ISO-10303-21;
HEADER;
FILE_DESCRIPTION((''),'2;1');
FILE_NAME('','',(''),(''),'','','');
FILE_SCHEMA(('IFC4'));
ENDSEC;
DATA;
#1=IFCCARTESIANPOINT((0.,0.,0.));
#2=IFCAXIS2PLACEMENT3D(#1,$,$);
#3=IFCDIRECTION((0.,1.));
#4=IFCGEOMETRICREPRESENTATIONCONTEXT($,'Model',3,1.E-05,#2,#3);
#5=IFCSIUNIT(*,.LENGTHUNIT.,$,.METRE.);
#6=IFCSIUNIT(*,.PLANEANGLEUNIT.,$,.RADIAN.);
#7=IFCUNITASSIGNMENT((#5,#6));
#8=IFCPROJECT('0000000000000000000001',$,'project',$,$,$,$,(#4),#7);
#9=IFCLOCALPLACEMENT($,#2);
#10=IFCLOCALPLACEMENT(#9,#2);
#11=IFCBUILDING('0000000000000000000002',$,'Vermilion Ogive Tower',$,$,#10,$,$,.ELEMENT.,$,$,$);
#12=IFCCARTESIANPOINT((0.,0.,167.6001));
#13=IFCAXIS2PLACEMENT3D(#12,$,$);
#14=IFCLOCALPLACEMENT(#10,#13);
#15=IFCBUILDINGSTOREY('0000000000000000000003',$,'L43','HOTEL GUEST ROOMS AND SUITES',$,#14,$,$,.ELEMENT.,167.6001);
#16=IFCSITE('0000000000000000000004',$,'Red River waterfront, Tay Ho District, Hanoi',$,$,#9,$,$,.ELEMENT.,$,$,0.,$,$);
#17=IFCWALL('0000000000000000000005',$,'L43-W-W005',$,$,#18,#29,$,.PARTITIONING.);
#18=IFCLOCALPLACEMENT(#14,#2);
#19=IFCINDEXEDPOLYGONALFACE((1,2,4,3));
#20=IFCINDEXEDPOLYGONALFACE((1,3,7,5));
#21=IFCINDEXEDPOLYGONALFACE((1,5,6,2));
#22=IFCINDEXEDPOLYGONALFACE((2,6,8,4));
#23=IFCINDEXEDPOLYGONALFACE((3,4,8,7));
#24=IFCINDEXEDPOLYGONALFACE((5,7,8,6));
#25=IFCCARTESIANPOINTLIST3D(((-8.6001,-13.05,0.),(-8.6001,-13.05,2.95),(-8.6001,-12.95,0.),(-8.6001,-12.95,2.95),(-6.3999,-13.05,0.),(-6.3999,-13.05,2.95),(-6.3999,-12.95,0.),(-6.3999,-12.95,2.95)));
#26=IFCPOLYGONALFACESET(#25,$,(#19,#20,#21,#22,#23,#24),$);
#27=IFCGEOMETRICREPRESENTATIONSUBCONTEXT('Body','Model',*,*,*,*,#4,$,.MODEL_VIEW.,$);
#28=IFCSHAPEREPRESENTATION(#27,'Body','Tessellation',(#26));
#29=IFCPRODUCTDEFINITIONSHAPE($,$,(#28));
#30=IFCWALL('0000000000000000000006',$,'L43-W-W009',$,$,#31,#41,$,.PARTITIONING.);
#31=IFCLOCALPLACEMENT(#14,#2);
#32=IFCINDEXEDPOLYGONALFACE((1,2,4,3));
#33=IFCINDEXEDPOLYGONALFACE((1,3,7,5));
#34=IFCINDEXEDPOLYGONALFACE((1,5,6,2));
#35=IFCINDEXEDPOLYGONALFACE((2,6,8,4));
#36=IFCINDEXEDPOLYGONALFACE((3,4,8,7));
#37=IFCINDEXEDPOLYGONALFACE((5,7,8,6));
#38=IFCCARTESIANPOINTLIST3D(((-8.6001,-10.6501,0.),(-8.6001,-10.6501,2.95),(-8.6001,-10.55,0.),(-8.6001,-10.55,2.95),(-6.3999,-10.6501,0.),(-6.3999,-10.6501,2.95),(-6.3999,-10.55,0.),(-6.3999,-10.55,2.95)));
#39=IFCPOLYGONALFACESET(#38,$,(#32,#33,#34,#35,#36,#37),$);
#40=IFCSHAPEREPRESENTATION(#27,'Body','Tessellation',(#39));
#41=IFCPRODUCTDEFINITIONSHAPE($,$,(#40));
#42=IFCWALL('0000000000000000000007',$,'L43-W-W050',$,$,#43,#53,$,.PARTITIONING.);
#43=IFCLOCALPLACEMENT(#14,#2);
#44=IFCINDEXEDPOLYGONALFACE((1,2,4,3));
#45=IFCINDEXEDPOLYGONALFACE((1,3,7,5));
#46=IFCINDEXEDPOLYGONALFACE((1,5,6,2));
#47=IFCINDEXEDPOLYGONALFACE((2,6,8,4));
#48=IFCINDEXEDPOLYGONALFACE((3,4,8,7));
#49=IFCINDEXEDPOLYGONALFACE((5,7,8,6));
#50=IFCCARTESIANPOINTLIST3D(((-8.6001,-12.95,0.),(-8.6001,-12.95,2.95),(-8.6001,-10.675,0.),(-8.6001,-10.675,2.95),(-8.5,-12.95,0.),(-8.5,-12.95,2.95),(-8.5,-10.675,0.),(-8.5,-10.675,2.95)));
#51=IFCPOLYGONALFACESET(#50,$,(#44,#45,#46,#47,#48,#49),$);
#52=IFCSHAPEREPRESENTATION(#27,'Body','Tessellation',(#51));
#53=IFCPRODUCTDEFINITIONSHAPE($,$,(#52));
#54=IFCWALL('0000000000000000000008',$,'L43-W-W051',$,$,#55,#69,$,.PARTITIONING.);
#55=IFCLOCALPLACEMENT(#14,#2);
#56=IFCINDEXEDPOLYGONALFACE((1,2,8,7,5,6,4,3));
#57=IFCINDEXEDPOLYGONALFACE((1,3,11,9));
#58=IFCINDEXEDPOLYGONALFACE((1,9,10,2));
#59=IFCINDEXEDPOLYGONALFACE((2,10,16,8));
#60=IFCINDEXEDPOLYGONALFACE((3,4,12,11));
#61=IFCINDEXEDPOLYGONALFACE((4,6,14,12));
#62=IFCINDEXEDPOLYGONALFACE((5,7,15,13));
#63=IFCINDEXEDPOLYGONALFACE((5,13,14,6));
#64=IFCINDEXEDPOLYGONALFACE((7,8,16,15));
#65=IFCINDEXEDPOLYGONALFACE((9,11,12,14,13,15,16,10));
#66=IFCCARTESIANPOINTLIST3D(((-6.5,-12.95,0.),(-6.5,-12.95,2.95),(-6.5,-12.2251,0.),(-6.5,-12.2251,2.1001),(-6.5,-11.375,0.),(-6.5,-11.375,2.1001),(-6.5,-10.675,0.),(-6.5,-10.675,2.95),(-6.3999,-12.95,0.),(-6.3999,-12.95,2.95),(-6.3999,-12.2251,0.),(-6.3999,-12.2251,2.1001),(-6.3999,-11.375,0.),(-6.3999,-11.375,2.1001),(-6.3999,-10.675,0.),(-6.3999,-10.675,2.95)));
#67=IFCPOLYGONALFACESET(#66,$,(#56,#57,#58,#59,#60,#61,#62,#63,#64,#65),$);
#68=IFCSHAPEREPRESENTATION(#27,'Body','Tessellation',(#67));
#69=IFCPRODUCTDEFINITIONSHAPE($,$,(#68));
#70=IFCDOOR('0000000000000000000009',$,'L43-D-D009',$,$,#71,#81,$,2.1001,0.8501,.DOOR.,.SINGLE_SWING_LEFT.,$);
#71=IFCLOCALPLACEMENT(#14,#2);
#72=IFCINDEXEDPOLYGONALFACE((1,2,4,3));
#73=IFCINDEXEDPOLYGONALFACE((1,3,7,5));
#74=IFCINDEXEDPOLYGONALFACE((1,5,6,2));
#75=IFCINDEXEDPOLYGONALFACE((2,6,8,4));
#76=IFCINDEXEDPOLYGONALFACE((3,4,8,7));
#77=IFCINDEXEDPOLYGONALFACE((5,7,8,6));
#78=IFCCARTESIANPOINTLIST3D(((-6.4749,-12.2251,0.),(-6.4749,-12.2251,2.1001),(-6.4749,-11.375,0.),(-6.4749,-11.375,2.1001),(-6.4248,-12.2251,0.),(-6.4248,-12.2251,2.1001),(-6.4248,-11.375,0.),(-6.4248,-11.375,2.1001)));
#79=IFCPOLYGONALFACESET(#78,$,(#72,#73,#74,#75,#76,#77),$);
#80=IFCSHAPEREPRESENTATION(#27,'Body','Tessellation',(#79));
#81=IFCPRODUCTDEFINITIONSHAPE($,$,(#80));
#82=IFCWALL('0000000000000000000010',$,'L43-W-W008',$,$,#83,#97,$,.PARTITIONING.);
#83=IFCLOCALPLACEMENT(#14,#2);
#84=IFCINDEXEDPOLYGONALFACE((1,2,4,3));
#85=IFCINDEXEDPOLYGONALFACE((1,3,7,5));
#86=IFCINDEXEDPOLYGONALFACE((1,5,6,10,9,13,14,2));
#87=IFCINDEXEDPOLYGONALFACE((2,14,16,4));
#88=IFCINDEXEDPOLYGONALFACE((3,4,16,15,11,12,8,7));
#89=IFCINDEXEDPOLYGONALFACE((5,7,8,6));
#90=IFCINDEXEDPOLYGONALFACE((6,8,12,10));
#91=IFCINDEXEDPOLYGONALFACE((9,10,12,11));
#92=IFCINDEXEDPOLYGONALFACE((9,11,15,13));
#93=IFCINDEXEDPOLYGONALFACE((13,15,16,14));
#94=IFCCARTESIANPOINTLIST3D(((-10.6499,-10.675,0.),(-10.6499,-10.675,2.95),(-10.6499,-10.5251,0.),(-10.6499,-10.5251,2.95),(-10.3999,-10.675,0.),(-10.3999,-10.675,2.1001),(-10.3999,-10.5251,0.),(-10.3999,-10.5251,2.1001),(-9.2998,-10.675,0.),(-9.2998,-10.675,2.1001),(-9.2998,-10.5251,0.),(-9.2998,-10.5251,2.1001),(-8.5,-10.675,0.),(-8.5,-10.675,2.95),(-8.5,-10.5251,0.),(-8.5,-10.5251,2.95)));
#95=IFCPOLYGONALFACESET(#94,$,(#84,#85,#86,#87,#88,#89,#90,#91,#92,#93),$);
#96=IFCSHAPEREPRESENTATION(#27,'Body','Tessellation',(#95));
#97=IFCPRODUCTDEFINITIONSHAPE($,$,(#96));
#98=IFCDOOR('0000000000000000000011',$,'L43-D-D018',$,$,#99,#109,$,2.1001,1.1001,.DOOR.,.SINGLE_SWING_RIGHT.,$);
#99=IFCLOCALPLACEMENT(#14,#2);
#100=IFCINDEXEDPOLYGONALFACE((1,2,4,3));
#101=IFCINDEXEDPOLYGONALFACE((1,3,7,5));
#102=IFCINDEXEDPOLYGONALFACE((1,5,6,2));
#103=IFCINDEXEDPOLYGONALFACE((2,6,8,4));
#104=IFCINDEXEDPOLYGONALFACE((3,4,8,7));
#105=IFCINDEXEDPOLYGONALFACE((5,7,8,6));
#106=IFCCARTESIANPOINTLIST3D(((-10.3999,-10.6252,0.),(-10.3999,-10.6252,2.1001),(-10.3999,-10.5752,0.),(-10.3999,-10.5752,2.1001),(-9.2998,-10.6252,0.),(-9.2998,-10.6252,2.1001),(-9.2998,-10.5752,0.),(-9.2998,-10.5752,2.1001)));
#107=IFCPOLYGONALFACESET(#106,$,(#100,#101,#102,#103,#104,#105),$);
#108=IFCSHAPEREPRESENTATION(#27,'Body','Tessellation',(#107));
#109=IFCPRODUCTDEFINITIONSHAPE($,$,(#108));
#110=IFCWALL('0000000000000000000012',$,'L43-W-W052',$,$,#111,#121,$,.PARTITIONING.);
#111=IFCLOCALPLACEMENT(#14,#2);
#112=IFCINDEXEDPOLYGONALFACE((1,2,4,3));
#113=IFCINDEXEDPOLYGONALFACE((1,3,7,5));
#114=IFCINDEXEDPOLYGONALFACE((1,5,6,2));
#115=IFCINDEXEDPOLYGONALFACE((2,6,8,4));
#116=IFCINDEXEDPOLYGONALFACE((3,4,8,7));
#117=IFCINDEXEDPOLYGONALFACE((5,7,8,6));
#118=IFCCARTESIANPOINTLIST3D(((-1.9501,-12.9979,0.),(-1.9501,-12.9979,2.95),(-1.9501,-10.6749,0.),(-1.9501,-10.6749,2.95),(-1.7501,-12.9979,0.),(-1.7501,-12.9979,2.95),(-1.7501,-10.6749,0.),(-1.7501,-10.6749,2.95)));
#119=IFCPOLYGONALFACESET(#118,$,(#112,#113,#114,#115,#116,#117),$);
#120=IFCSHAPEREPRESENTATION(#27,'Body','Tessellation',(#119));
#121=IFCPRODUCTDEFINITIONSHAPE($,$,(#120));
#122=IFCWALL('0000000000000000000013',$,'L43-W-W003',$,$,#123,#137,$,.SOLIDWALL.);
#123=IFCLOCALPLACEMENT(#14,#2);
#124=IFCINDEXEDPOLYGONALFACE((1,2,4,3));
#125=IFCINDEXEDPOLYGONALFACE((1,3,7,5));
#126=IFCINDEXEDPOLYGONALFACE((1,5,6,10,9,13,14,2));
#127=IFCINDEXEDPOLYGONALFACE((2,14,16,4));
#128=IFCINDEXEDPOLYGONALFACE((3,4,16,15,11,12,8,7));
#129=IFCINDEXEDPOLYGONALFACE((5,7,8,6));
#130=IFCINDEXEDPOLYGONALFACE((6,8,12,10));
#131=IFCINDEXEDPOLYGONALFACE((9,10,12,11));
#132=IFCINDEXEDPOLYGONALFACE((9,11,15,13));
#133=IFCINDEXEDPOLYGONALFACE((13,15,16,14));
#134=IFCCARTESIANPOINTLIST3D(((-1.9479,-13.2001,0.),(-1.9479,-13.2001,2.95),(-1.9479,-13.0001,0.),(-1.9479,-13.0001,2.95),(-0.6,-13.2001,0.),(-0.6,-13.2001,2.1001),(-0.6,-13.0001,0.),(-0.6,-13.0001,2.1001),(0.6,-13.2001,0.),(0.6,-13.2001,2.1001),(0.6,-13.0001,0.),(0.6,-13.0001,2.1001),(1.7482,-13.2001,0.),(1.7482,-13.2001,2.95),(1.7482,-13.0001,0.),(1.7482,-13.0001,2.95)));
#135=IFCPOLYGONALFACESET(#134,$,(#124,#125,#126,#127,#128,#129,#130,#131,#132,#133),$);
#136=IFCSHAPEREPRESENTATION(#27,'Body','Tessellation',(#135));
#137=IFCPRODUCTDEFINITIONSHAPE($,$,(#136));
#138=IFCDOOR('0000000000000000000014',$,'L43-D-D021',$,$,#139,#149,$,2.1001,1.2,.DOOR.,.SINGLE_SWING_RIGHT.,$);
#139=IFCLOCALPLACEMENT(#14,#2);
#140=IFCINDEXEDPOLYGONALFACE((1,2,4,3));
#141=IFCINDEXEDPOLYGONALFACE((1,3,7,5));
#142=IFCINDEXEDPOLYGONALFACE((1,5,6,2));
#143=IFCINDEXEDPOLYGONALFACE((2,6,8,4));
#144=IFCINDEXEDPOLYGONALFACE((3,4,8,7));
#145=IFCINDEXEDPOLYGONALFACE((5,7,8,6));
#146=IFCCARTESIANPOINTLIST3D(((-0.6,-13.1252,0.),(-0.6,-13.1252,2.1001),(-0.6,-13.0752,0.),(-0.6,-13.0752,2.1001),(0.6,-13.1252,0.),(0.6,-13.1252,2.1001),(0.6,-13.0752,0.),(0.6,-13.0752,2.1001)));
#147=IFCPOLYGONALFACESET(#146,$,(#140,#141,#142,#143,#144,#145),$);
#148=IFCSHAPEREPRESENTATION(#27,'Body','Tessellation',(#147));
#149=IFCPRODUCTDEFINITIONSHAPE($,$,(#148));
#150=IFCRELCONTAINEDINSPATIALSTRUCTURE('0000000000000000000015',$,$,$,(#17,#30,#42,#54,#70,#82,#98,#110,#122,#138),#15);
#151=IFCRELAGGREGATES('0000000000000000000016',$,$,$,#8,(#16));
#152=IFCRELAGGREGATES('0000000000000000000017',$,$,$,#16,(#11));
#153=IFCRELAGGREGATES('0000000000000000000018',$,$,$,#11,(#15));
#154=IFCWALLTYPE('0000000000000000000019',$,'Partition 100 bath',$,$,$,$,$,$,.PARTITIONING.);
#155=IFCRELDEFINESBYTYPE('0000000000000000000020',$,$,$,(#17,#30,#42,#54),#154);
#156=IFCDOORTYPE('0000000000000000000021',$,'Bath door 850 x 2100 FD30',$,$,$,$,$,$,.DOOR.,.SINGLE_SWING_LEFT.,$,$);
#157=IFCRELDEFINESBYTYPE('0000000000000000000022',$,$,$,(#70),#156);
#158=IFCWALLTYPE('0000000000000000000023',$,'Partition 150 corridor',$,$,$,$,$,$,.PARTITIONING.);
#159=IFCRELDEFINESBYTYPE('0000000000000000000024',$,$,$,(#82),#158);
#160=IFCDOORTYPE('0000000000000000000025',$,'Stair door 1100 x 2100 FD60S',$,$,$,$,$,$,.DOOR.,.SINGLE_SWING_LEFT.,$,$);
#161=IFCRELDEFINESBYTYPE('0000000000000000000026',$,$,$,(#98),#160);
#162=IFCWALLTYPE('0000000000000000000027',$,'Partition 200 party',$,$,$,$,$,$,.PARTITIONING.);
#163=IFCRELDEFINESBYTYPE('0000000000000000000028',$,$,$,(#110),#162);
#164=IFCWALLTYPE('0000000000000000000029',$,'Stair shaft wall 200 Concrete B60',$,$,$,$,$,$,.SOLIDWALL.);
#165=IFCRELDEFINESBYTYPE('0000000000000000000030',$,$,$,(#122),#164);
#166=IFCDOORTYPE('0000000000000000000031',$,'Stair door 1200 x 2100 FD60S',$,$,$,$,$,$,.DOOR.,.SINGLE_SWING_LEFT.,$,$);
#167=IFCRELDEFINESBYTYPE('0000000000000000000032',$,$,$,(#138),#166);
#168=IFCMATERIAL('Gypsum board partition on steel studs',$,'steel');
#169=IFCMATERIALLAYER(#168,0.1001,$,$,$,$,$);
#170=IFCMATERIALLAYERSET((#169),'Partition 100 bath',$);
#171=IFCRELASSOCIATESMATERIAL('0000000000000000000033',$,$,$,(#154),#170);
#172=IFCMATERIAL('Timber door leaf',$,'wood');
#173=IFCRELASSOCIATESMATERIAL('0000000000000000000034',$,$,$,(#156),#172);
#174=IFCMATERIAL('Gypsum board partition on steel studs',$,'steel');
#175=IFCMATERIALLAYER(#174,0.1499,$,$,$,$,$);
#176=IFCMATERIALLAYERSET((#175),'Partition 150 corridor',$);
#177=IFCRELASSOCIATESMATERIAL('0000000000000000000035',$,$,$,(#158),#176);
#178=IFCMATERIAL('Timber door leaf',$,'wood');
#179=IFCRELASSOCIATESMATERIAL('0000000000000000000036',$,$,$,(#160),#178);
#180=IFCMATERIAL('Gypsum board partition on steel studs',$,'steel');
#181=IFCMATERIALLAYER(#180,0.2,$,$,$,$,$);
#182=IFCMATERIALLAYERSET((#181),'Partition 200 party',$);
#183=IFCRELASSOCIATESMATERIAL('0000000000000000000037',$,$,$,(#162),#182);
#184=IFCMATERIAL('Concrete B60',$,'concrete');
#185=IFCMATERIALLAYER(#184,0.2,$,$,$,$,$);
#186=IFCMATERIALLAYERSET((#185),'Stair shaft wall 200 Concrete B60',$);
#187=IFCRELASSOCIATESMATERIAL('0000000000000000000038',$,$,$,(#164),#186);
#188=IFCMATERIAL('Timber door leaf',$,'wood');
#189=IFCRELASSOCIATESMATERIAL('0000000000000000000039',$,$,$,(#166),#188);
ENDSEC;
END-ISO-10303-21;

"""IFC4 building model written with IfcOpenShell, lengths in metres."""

from ifc_helpers import new_model, si_unit, direction, frame, frame_2d, origin, place, context, subcontext, project, spatial, rectangle, extrude, material, layer, layer_set, type_object, element, fill, save


model = new_model("IFC4")

# Units and contexts
model_context = context("Model", 3, precision=1e-05, world=origin(), true_north=direction((0.0, 1.0)))
body_context = subcontext(model_context, "Body", "Model", "MODEL_VIEW")
ifc_project = project(units=[si_unit("LENGTHUNIT", "METRE"), si_unit("PLANEANGLEUNIT", "RADIAN")], contexts=[model_context])

# Site, building, storey
site_placement = place(None, origin())
site = spatial("IfcSite", under=ifc_project, at=site_placement, Name="Red River waterfront, Tay Ho District, Hanoi", CompositionType="ELEMENT", RefElevation=0.0)
building_placement = place(site_placement, origin())
building = spatial("IfcBuilding", under=site, at=building_placement, Name="Vermilion Ogive Tower", CompositionType="ELEMENT")
storey_placement = place(building_placement, frame((0.0, 0.0, 167.6001)))
storey = spatial("IfcBuildingStorey", under=building, at=storey_placement, Name="L43", Description="HOTEL GUEST ROOMS AND SUITES", CompositionType="ELEMENT", Elevation=167.6001)

# Walls
ifc_material_1 = material(Name="Gypsum board partition on steel studs", Category="steel")
ifc_layer_1 = layer(ifc_material_1, 0.1001)
ifc_layer_set_1 = layer_set([ifc_layer_1], Name="Partition 100 bath")
wall_type_1 = type_object("IfcWallType", Name="Partition 100 bath", PredefinedType="PARTITIONING", material=ifc_layer_set_1)
for number, where, z_axis, x_axis, name in (
    (1, (-8.6001, -13.0, 0.0), (0.0, 0.0, 1.0), (1.0, 0.0, 0.0), "L43-W-W005"),
    (2, (-8.6001, -10.6001, 0.0), (0.0, 0.0, 1.0), (1.0, 0.0, 0.0), "L43-W-W009"),
):
    element("IfcWall", number, at=place(storey_placement, frame(where, z_axis=z_axis, x_axis=x_axis)), inside=storey, type_object=wall_type_1, Name=name, PredefinedType="PARTITIONING", context=body_context, shape_type="SweptSolid", body=[
        extrude(rectangle(XDim=2.2002, YDim=0.1001, at=frame_2d((1.1001, 0.0))), origin(), (0.0, 0.0, 1.0), 2.95),
    ])
wall_1_placement = place(storey_placement, frame((-8.55, -12.95, 0.0), z_axis=(0.0, 0.0, 1.0), x_axis=(0.0, 1.0, 0.0)))
element("IfcWall", 3, at=wall_1_placement, inside=storey, type_object=wall_type_1, Name="L43-W-W050", PredefinedType="PARTITIONING", context=body_context, shape_type="SweptSolid", body=[
    extrude(rectangle(XDim=2.2749, YDim=0.1001, at=frame_2d((1.1375, 0.0))), origin(), (0.0, 0.0, 1.0), 2.95),
])

# Walls, openings, doors
wall_2_placement = place(storey_placement, frame((-6.45, -12.95, 0.0), z_axis=(0.0, 0.0, 1.0), x_axis=(0.0, 1.0, 0.0)))
wall_2 = element("IfcWall", 4, at=wall_2_placement, inside=storey, type_object=wall_type_1, Name="L43-W-W051", PredefinedType="PARTITIONING", context=body_context, shape_type="SweptSolid", body=[
    extrude(rectangle(XDim=2.2749, YDim=0.1001, at=frame_2d((1.1375, 0.0))), origin(), (0.0, 0.0, 1.0), 2.95),
])
opening_1_placement = place(wall_2_placement, frame((0.7249, 0.0, 0.0)))
opening_1 = element("IfcOpeningElement", 5, at=opening_1_placement, cuts=wall_2, PredefinedType="OPENING", context=body_context, shape_type="SweptSolid", body=[
    extrude(rectangle(XDim=0.8501, YDim=2.1001, at=frame_2d((0.425, 1.05))), frame((0.0, 0.0601, 0.0), z_axis=(0.0, -1.0, 0.0), x_axis=(1.0, 0.0, 0.0)), (0.0, 0.0, 1.0), 0.1201),
])
ifc_material_2 = material(Name="Timber door leaf", Category="wood")
door_type_1 = type_object("IfcDoorType", Name="Bath door 850 x 2100 FD30", OperationType="SINGLE_SWING_LEFT", PredefinedType="DOOR", material=ifc_material_2)
door_1_placement = place(opening_1_placement, origin())
door_1 = element("IfcDoor", 6, at=door_1_placement, inside=storey, type_object=door_type_1, Name="L43-D-D009", OperationType="SINGLE_SWING_LEFT", OverallHeight=2.1001, OverallWidth=0.8501, PredefinedType="DOOR", context=body_context, shape_type="SweptSolid", body=[
    extrude(rectangle(XDim=0.8501, YDim=2.1001, at=frame_2d((0.425, 1.05))), frame((0.0, 0.0249, 0.0), z_axis=(0.0, -1.0, 0.0), x_axis=(1.0, 0.0, 0.0)), (0.0, 0.0, 1.0), 0.05),
])
fill(opening_1, door_1)
ifc_material_3 = material(Name="Gypsum board partition on steel studs", Category="steel")
ifc_layer_2 = layer(ifc_material_3, 0.1499)
ifc_layer_set_2 = layer_set([ifc_layer_2], Name="Partition 150 corridor")
wall_type_2 = type_object("IfcWallType", Name="Partition 150 corridor", PredefinedType="PARTITIONING", material=ifc_layer_set_2)
wall_3_placement = place(storey_placement, frame((-10.6499, -10.6001, 0.0), z_axis=(0.0, 0.0, 1.0), x_axis=(1.0, 0.0, 0.0)))
wall_3 = element("IfcWall", 7, at=wall_3_placement, inside=storey, type_object=wall_type_2, Name="L43-W-W008", PredefinedType="PARTITIONING", context=body_context, shape_type="SweptSolid", body=[
    extrude(rectangle(XDim=2.1499, YDim=0.1499, at=frame_2d((1.075, 0.0))), origin(), (0.0, 0.0, 1.0), 2.95),
])
opening_2_placement = place(wall_3_placement, frame((0.25, 0.0, 0.0)))
opening_2 = element("IfcOpeningElement", 8, at=opening_2_placement, cuts=wall_3, PredefinedType="OPENING", context=body_context, shape_type="SweptSolid", body=[
    extrude(rectangle(XDim=1.1001, YDim=2.1001, at=frame_2d((0.55, 1.05))), frame((0.0, 0.085, 0.0), z_axis=(0.0, -1.0, 0.0), x_axis=(1.0, 0.0, 0.0)), (0.0, 0.0, 1.0), 0.1699),
])
ifc_material_4 = material(Name="Timber door leaf", Category="wood")
door_type_2 = type_object("IfcDoorType", Name="Stair door 1100 x 2100 FD60S", OperationType="SINGLE_SWING_LEFT", PredefinedType="DOOR", material=ifc_material_4)
door_2_placement = place(opening_2_placement, origin())
door_2 = element("IfcDoor", 9, at=door_2_placement, inside=storey, type_object=door_type_2, Name="L43-D-D018", OperationType="SINGLE_SWING_RIGHT", OverallHeight=2.1001, OverallWidth=1.1001, PredefinedType="DOOR", context=body_context, shape_type="SweptSolid", body=[
    extrude(rectangle(XDim=1.1001, YDim=2.1001, at=frame_2d((0.55, 1.05))), frame((0.0, 0.0249, 0.0), z_axis=(0.0, -1.0, 0.0), x_axis=(1.0, 0.0, 0.0)), (0.0, 0.0, 1.0), 0.05),
])
fill(opening_2, door_2)

# Wall
ifc_material_5 = material(Name="Gypsum board partition on steel studs", Category="steel")
ifc_layer_3 = layer(ifc_material_5, 0.2)
ifc_layer_set_3 = layer_set([ifc_layer_3], Name="Partition 200 party")
wall_type_3 = type_object("IfcWallType", Name="Partition 200 party", PredefinedType="PARTITIONING", material=ifc_layer_set_3)
wall_4_placement = place(storey_placement, frame((-1.8501, -12.998, 0.0), z_axis=(0.0, 0.0, 1.0), x_axis=(0.0, 1.0, 0.0)))
element("IfcWall", 10, at=wall_4_placement, inside=storey, type_object=wall_type_3, Name="L43-W-W052", PredefinedType="PARTITIONING", context=body_context, shape_type="SweptSolid", body=[
    extrude(rectangle(XDim=2.323, YDim=0.2, at=frame_2d((1.1616, 0.0))), origin(), (0.0, 0.0, 1.0), 2.95),
])

# Wall, opening, door
ifc_material_6 = material(Name="Concrete B60", Category="concrete")
ifc_layer_4 = layer(ifc_material_6, 0.2)
ifc_layer_set_4 = layer_set([ifc_layer_4], Name="Stair shaft wall 200 Concrete B60")
wall_type_4 = type_object("IfcWallType", Name="Stair shaft wall 200 Concrete B60", PredefinedType="SOLIDWALL", material=ifc_layer_set_4)
wall_5_placement = place(storey_placement, frame((-1.948, -13.1001, 0.0), z_axis=(0.0, 0.0, 1.0), x_axis=(1.0, 0.0, 0.0)))
wall_5 = element("IfcWall", 11, at=wall_5_placement, inside=storey, type_object=wall_type_4, Name="L43-W-W003", PredefinedType="SOLIDWALL", context=body_context, shape_type="SweptSolid", body=[
    extrude(rectangle(XDim=3.696, YDim=0.2, at=frame_2d((1.8481, 0.0))), origin(), (0.0, 0.0, 1.0), 2.95),
])
opening_3_placement = place(wall_5_placement, frame((1.3479, 0.0, 0.0)))
opening_3 = element("IfcOpeningElement", 12, at=opening_3_placement, cuts=wall_5, PredefinedType="OPENING", context=body_context, shape_type="SweptSolid", body=[
    extrude(rectangle(XDim=1.2, YDim=2.1001, at=frame_2d((0.6001, 1.05))), frame((0.0, 0.1099, 0.0), z_axis=(0.0, -1.0, 0.0), x_axis=(1.0, 0.0, 0.0)), (0.0, 0.0, 1.0), 0.22),
])
ifc_material_7 = material(Name="Timber door leaf", Category="wood")
door_type_3 = type_object("IfcDoorType", Name="Stair door 1200 x 2100 FD60S", OperationType="SINGLE_SWING_LEFT", PredefinedType="DOOR", material=ifc_material_7)
door_3_placement = place(opening_3_placement, origin())
door_3 = element("IfcDoor", 13, at=door_3_placement, inside=storey, type_object=door_type_3, Name="L43-D-D021", OperationType="SINGLE_SWING_RIGHT", OverallHeight=2.1001, OverallWidth=1.2, PredefinedType="DOOR", context=body_context, shape_type="SweptSolid", body=[
    extrude(rectangle(XDim=1.2, YDim=2.1001, at=frame_2d((0.6001, 1.05))), frame((0.0, 0.0249, 0.0), z_axis=(0.0, -1.0, 0.0), x_axis=(1.0, 0.0, 0.0)), (0.0, 0.0, 1.0), 0.05),
])
fill(opening_3, door_3)

save(model, "model.ifc")
